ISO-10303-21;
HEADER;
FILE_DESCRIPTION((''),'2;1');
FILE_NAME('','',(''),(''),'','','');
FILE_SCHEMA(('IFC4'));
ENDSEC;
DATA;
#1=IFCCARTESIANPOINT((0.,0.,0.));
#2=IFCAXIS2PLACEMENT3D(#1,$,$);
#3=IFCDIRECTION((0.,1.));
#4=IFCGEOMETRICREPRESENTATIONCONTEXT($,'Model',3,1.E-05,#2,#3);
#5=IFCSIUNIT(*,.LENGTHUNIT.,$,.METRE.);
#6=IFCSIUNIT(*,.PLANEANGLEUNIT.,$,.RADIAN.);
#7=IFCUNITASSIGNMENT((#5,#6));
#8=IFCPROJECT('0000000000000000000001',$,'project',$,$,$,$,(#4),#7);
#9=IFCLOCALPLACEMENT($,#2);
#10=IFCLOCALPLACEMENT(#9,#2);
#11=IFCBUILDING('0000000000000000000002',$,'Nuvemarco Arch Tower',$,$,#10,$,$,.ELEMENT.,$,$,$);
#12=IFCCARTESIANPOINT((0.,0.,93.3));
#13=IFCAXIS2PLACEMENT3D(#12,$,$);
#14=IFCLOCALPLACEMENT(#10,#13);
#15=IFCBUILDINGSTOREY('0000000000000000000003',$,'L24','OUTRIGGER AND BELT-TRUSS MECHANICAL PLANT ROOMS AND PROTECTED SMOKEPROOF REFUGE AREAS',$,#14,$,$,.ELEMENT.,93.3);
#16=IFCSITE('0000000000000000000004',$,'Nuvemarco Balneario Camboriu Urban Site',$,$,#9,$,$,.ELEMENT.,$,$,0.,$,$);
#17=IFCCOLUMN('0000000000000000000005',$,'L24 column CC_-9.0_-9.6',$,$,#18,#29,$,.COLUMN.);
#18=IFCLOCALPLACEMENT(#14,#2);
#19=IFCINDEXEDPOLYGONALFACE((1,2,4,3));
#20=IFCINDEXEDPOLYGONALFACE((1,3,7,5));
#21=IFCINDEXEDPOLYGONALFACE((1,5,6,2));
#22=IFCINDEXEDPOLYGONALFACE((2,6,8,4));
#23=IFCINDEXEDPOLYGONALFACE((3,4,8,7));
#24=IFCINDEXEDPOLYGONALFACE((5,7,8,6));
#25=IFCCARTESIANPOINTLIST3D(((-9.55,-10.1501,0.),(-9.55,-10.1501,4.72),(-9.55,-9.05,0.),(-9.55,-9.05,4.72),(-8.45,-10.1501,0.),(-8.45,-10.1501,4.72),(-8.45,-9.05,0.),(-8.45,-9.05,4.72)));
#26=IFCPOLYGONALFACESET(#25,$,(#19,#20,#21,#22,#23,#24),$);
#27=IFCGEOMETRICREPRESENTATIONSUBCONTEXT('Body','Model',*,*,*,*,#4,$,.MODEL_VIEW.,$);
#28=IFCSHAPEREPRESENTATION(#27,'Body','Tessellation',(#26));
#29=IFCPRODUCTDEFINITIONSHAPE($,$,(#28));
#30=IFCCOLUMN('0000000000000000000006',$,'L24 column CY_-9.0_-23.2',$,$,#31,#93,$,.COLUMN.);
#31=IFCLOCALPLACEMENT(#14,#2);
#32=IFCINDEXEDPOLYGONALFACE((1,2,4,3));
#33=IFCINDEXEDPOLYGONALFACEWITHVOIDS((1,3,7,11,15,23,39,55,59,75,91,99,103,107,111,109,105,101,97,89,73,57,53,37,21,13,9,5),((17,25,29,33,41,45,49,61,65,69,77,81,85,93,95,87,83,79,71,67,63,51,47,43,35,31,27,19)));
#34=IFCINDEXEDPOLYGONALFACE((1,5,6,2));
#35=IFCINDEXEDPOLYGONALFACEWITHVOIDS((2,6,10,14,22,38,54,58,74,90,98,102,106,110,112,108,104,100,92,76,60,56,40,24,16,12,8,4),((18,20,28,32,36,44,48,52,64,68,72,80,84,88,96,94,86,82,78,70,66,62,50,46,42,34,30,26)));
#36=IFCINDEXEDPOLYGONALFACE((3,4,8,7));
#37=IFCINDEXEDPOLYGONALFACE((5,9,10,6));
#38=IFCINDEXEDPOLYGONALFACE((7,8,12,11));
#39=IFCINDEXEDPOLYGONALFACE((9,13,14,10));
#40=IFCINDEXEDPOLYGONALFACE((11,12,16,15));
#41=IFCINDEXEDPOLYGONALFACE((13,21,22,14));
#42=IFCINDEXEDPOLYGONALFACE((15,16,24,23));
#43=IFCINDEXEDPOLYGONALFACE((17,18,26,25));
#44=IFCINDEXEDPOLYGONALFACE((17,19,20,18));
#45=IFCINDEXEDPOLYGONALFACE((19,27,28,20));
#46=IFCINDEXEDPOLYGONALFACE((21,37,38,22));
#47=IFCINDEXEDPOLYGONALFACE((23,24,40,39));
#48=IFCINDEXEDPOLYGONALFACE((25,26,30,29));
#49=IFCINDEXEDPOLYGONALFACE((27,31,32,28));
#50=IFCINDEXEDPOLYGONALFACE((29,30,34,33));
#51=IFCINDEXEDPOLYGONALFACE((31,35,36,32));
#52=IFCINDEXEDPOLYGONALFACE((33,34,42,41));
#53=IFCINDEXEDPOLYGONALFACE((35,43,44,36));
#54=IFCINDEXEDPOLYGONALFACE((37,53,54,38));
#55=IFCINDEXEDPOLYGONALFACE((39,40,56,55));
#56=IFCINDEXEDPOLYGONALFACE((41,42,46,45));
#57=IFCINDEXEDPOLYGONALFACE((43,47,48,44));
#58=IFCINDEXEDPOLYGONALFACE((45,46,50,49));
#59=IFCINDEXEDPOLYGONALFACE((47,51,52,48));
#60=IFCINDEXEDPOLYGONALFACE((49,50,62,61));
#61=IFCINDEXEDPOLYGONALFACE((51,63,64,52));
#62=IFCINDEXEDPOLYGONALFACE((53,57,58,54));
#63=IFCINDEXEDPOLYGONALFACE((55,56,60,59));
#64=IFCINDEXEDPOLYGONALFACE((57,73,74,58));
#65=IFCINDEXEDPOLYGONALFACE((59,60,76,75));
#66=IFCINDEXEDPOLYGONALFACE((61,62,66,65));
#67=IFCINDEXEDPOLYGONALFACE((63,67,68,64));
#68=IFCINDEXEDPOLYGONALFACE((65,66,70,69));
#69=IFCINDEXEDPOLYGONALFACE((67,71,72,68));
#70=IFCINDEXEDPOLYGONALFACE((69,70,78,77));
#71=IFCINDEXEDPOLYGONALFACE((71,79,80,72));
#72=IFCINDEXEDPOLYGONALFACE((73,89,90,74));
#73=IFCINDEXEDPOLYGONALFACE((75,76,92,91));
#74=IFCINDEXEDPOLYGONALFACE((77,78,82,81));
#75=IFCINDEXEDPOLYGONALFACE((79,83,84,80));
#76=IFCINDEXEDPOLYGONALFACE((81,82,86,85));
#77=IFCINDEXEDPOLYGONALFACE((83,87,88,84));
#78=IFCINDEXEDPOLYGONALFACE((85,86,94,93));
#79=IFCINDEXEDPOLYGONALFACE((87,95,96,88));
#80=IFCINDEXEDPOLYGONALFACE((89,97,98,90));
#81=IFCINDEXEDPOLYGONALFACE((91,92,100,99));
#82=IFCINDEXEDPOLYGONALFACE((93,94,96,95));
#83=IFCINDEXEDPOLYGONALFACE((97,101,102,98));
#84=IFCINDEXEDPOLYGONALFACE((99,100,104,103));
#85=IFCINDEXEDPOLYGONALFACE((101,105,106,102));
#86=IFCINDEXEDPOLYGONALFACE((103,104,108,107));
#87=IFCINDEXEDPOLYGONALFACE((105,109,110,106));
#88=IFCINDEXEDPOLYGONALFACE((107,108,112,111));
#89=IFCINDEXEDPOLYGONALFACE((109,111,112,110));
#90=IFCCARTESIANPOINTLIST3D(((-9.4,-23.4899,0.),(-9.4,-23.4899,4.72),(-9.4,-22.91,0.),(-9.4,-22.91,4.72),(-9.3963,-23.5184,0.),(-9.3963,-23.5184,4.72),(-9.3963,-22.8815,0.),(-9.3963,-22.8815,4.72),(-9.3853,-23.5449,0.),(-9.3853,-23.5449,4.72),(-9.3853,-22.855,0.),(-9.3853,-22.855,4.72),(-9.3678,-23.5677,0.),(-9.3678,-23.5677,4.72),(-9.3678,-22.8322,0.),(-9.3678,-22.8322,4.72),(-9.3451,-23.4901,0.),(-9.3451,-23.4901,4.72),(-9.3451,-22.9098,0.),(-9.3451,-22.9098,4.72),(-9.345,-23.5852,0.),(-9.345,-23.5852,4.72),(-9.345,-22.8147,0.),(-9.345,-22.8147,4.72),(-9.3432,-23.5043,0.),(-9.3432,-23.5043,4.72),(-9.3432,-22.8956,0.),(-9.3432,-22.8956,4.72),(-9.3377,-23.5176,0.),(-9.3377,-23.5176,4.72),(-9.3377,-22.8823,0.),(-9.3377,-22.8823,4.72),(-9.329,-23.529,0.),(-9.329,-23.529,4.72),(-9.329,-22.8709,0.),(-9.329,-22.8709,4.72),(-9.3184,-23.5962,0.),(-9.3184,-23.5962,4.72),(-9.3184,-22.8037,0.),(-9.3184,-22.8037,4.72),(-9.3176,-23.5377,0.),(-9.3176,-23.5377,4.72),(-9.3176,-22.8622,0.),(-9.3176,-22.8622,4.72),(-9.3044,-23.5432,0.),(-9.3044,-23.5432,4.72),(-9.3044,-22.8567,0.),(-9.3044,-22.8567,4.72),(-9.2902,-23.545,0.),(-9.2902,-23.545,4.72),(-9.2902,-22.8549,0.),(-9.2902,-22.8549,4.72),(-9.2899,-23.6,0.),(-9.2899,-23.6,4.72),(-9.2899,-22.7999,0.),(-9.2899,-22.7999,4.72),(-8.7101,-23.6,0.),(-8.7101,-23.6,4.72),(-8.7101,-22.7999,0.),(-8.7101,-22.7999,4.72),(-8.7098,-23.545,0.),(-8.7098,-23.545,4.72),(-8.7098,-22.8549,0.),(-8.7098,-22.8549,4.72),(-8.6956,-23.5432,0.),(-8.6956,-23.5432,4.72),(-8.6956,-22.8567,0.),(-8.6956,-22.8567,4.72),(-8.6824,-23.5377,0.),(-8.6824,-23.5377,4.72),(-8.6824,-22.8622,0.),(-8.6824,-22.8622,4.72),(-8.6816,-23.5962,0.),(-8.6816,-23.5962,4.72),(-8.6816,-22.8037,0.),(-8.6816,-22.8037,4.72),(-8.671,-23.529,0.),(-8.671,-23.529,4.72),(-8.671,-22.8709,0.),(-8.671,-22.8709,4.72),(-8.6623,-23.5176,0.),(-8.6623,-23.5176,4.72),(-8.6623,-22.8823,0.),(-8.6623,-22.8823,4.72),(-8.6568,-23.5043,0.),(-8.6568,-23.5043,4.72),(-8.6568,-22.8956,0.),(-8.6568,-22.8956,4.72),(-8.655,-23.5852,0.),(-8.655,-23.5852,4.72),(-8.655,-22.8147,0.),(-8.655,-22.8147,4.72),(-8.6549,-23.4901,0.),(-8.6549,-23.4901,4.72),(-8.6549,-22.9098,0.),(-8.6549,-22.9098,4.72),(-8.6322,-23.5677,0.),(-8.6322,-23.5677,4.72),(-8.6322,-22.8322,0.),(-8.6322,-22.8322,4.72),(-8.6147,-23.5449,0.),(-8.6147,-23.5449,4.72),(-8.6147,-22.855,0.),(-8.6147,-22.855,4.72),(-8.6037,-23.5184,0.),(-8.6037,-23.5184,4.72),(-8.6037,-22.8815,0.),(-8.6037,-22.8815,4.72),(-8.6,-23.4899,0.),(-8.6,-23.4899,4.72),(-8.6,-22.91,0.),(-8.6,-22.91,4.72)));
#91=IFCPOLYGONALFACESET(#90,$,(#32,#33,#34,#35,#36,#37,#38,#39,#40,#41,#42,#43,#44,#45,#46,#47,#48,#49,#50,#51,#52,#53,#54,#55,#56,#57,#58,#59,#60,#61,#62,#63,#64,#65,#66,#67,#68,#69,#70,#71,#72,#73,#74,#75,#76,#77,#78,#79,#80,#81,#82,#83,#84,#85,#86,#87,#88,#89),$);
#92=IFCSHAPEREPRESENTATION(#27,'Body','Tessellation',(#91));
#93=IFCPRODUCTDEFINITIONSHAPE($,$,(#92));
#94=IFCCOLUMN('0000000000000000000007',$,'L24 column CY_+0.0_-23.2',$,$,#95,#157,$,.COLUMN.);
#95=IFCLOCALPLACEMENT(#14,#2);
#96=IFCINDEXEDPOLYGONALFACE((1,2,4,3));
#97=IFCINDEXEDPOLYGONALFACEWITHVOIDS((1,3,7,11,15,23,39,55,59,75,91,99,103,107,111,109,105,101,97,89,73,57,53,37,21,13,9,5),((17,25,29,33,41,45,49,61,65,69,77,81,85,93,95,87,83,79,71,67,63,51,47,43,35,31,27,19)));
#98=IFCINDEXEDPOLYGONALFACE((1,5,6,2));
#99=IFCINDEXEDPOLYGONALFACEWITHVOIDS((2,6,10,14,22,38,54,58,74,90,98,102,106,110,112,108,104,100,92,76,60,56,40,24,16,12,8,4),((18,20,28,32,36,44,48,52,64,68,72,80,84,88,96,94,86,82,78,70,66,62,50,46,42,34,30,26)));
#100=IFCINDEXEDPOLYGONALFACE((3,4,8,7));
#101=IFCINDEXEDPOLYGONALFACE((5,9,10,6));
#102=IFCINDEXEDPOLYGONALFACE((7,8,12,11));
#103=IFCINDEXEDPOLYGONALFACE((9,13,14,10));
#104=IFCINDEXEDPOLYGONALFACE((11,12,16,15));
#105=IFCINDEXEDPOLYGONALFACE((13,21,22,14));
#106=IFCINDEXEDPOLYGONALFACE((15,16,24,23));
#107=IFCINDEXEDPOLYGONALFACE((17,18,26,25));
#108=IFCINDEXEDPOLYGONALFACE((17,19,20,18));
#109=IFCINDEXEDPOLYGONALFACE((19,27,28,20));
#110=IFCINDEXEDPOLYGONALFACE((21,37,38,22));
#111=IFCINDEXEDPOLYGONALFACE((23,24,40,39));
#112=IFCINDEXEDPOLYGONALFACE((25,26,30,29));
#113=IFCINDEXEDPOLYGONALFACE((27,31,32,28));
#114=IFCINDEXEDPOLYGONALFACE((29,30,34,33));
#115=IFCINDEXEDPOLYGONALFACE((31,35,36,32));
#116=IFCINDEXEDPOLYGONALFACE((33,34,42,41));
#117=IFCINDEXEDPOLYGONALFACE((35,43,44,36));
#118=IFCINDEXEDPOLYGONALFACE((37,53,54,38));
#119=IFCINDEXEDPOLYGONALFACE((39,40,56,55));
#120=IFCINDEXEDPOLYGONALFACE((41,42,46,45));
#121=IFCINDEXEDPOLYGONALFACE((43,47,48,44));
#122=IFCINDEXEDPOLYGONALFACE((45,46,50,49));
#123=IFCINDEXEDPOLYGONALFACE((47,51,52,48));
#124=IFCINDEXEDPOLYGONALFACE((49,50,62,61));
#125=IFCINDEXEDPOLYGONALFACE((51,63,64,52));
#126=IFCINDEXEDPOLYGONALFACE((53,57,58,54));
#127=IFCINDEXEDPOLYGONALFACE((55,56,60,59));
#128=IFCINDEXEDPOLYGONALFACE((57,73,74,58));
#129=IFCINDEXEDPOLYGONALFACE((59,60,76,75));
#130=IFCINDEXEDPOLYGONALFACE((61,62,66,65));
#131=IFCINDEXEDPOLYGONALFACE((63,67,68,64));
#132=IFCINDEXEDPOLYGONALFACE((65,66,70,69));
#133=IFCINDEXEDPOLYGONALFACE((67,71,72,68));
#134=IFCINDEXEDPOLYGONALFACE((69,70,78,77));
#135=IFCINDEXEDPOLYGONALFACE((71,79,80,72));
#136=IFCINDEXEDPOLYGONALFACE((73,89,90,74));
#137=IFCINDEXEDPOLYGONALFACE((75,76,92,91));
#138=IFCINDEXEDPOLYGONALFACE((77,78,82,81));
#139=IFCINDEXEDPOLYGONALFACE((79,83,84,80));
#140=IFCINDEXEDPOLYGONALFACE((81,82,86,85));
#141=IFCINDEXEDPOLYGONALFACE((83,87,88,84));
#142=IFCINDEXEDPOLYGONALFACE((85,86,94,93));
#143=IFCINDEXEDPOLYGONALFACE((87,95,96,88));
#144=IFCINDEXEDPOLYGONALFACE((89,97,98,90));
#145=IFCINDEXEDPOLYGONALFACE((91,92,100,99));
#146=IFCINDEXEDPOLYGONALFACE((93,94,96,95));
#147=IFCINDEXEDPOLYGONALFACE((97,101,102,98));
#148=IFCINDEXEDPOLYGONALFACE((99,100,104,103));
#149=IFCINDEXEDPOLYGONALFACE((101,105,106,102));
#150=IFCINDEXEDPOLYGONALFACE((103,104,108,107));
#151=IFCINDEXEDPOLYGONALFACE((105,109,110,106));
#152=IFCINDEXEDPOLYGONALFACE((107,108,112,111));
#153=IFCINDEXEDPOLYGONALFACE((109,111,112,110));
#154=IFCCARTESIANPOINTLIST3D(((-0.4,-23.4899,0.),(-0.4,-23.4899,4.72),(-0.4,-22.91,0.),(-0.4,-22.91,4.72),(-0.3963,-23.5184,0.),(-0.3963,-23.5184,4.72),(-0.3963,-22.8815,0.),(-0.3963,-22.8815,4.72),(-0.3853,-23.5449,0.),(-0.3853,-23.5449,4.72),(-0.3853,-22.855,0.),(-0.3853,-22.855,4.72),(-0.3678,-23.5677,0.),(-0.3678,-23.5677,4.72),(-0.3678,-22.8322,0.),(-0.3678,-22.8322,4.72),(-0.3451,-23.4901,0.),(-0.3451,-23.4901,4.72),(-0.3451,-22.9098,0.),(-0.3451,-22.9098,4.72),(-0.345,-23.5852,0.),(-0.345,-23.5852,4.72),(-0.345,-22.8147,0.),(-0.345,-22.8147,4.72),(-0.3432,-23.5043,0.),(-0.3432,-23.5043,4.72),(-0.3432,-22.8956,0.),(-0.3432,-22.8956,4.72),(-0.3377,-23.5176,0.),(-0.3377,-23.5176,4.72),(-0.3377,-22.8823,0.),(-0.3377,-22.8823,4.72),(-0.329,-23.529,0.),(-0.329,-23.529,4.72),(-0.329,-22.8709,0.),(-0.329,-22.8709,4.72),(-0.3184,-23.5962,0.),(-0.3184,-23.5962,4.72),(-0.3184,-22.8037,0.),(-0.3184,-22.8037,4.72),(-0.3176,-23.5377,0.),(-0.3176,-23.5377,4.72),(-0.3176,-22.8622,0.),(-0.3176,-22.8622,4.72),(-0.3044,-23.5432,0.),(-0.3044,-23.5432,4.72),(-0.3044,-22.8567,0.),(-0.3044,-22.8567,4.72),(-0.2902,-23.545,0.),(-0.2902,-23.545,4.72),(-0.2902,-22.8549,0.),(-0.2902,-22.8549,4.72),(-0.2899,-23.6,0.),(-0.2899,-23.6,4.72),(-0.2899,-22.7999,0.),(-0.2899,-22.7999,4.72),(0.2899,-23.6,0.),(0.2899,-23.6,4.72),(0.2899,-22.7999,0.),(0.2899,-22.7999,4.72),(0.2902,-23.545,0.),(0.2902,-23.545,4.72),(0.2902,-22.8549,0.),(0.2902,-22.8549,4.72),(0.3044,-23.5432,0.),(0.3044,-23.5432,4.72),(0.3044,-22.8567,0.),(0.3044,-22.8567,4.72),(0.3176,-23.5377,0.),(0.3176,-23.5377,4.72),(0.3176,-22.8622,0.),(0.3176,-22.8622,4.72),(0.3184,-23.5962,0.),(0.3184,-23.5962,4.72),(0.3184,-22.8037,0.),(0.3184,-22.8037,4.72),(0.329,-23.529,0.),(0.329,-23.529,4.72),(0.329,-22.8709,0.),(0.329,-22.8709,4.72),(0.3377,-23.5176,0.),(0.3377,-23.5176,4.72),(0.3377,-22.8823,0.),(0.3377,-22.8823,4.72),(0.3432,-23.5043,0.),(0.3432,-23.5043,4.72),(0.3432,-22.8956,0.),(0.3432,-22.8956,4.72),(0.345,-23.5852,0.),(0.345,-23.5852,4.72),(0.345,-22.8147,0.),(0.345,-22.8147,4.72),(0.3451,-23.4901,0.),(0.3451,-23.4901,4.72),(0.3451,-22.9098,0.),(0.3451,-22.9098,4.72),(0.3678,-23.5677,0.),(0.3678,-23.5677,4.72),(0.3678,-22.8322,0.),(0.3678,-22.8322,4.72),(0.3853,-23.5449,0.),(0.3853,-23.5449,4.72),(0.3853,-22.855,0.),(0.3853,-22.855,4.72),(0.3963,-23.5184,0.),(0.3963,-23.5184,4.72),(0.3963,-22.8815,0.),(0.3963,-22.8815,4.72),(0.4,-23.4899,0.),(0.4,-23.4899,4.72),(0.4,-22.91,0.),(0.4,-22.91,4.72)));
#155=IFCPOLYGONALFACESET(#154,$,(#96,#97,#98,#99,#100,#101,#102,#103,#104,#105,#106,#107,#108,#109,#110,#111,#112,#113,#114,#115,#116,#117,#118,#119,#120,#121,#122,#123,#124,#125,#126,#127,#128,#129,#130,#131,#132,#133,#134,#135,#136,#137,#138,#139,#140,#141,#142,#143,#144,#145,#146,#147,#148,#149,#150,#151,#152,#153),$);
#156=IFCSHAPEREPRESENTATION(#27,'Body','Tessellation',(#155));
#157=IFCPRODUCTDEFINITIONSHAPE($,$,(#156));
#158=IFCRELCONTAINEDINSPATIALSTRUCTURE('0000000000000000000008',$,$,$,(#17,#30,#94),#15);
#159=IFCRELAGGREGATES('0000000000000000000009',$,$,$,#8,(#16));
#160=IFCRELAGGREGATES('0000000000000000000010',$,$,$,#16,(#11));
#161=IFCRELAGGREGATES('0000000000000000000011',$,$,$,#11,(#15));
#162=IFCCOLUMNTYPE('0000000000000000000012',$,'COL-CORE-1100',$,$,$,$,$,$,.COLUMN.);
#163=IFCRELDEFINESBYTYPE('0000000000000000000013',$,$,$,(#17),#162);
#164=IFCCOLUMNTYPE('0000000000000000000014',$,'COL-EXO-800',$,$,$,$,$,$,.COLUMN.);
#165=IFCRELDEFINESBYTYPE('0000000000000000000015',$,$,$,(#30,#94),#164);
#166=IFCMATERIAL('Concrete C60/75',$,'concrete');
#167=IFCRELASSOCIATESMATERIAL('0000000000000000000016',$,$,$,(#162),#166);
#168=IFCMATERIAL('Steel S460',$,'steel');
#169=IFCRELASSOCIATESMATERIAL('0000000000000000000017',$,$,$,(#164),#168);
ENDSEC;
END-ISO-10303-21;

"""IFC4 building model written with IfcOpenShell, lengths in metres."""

from ifc_helpers import new_model, si_unit, direction, frame, origin, origin_2d, place, context, subcontext, project, spatial, rectangle, hollow_rectangle, extrude, material, material_profile, profile_set, type_object, element, save


model = new_model("IFC4")

# Units and contexts
model_context = context("Model", 3, precision=1e-05, world=origin(), true_north=direction((0.0, 1.0)))
body_context = subcontext(model_context, "Body", "Model", "MODEL_VIEW")
ifc_project = project(units=[si_unit("LENGTHUNIT", "METRE"), si_unit("PLANEANGLEUNIT", "RADIAN")], contexts=[model_context])

# Site, building, storey
site_placement = place(None, origin())
site = spatial("IfcSite", under=ifc_project, at=site_placement, Name="Nuvemarco Balneario Camboriu Urban Site", CompositionType="ELEMENT", RefElevation=0.0)
building_placement = place(site_placement, origin())
building = spatial("IfcBuilding", under=site, at=building_placement, Name="Nuvemarco Arch Tower", CompositionType="ELEMENT")
storey_placement = place(building_placement, frame((0.0, 0.0, 93.3)))
storey = spatial("IfcBuildingStorey", under=building, at=storey_placement, Name="L24", Description="OUTRIGGER AND BELT-TRUSS MECHANICAL PLANT ROOMS AND PROTECTED SMOKEPROOF REFUGE AREAS", CompositionType="ELEMENT", Elevation=93.3)

# Columns
ifc_material_1 = material(Name="Concrete C60/75", Category="concrete")
ifc_material_profile_1 = material_profile(ifc_material_1, rectangle(XDim=1.1001, YDim=1.1001, at=origin_2d()), Name="RC-COL-1100x1100")
ifc_profile_set_1 = profile_set([ifc_material_profile_1], Name="Concrete C60/75")
column_type_1 = type_object("IfcColumnType", Name="COL-CORE-1100", PredefinedType="COLUMN", material=ifc_profile_set_1)
column_placement = place(storey_placement, frame((-9.0, -9.6001, 0.0), z_axis=(0.0, 0.0, 1.0), x_axis=(1.0, 0.0, 0.0)))
element("IfcColumn", 1, at=column_placement, inside=storey, type_object=column_type_1, Name="L24 column CC_-9.0_-9.6", PredefinedType="COLUMN", context=body_context, shape_type="SweptSolid", body=[
    extrude(rectangle(XDim=1.1001, YDim=1.1001, at=origin_2d()), origin(), (0.0, 0.0, 1.0), 4.72),
])
ifc_material_2 = material(Name="Steel S460", Category="steel")
ifc_material_profile_2 = material_profile(ifc_material_2, hollow_rectangle(XDim=0.8, YDim=0.8, WallThickness=0.0549, InnerFilletRadius=0.0549, OuterFilletRadius=0.1101, at=origin_2d()), Name="SHS800x800x55")
ifc_profile_set_2 = profile_set([ifc_material_profile_2], Name="Steel S460")
column_type_2 = type_object("IfcColumnType", Name="COL-EXO-800", PredefinedType="COLUMN", material=ifc_profile_set_2)
for number, where, z_axis, x_axis, name in (
    (2, (-9.0, -23.2, 0.0), (0.0, 0.0, 1.0), (1.0, 0.0, 0.0), "L24 column CY_-9.0_-23.2"),
    (3, (0.0, -23.2, 0.0), (0.0, 0.0, 1.0), (1.0, 0.0, 0.0), "L24 column CY_+0.0_-23.2"),
):
    element("IfcColumn", number, at=place(storey_placement, frame(where, z_axis=z_axis, x_axis=x_axis)), inside=storey, type_object=column_type_2, Name=name, PredefinedType="COLUMN", context=body_context, shape_type="SweptSolid", body=[
        extrude(hollow_rectangle(XDim=0.8, YDim=0.8, WallThickness=0.0549, InnerFilletRadius=0.0549, OuterFilletRadius=0.1101, at=origin_2d()), origin(), (0.0, 0.0, 1.0), 4.72),
    ])

save(model, "model.ifc")
